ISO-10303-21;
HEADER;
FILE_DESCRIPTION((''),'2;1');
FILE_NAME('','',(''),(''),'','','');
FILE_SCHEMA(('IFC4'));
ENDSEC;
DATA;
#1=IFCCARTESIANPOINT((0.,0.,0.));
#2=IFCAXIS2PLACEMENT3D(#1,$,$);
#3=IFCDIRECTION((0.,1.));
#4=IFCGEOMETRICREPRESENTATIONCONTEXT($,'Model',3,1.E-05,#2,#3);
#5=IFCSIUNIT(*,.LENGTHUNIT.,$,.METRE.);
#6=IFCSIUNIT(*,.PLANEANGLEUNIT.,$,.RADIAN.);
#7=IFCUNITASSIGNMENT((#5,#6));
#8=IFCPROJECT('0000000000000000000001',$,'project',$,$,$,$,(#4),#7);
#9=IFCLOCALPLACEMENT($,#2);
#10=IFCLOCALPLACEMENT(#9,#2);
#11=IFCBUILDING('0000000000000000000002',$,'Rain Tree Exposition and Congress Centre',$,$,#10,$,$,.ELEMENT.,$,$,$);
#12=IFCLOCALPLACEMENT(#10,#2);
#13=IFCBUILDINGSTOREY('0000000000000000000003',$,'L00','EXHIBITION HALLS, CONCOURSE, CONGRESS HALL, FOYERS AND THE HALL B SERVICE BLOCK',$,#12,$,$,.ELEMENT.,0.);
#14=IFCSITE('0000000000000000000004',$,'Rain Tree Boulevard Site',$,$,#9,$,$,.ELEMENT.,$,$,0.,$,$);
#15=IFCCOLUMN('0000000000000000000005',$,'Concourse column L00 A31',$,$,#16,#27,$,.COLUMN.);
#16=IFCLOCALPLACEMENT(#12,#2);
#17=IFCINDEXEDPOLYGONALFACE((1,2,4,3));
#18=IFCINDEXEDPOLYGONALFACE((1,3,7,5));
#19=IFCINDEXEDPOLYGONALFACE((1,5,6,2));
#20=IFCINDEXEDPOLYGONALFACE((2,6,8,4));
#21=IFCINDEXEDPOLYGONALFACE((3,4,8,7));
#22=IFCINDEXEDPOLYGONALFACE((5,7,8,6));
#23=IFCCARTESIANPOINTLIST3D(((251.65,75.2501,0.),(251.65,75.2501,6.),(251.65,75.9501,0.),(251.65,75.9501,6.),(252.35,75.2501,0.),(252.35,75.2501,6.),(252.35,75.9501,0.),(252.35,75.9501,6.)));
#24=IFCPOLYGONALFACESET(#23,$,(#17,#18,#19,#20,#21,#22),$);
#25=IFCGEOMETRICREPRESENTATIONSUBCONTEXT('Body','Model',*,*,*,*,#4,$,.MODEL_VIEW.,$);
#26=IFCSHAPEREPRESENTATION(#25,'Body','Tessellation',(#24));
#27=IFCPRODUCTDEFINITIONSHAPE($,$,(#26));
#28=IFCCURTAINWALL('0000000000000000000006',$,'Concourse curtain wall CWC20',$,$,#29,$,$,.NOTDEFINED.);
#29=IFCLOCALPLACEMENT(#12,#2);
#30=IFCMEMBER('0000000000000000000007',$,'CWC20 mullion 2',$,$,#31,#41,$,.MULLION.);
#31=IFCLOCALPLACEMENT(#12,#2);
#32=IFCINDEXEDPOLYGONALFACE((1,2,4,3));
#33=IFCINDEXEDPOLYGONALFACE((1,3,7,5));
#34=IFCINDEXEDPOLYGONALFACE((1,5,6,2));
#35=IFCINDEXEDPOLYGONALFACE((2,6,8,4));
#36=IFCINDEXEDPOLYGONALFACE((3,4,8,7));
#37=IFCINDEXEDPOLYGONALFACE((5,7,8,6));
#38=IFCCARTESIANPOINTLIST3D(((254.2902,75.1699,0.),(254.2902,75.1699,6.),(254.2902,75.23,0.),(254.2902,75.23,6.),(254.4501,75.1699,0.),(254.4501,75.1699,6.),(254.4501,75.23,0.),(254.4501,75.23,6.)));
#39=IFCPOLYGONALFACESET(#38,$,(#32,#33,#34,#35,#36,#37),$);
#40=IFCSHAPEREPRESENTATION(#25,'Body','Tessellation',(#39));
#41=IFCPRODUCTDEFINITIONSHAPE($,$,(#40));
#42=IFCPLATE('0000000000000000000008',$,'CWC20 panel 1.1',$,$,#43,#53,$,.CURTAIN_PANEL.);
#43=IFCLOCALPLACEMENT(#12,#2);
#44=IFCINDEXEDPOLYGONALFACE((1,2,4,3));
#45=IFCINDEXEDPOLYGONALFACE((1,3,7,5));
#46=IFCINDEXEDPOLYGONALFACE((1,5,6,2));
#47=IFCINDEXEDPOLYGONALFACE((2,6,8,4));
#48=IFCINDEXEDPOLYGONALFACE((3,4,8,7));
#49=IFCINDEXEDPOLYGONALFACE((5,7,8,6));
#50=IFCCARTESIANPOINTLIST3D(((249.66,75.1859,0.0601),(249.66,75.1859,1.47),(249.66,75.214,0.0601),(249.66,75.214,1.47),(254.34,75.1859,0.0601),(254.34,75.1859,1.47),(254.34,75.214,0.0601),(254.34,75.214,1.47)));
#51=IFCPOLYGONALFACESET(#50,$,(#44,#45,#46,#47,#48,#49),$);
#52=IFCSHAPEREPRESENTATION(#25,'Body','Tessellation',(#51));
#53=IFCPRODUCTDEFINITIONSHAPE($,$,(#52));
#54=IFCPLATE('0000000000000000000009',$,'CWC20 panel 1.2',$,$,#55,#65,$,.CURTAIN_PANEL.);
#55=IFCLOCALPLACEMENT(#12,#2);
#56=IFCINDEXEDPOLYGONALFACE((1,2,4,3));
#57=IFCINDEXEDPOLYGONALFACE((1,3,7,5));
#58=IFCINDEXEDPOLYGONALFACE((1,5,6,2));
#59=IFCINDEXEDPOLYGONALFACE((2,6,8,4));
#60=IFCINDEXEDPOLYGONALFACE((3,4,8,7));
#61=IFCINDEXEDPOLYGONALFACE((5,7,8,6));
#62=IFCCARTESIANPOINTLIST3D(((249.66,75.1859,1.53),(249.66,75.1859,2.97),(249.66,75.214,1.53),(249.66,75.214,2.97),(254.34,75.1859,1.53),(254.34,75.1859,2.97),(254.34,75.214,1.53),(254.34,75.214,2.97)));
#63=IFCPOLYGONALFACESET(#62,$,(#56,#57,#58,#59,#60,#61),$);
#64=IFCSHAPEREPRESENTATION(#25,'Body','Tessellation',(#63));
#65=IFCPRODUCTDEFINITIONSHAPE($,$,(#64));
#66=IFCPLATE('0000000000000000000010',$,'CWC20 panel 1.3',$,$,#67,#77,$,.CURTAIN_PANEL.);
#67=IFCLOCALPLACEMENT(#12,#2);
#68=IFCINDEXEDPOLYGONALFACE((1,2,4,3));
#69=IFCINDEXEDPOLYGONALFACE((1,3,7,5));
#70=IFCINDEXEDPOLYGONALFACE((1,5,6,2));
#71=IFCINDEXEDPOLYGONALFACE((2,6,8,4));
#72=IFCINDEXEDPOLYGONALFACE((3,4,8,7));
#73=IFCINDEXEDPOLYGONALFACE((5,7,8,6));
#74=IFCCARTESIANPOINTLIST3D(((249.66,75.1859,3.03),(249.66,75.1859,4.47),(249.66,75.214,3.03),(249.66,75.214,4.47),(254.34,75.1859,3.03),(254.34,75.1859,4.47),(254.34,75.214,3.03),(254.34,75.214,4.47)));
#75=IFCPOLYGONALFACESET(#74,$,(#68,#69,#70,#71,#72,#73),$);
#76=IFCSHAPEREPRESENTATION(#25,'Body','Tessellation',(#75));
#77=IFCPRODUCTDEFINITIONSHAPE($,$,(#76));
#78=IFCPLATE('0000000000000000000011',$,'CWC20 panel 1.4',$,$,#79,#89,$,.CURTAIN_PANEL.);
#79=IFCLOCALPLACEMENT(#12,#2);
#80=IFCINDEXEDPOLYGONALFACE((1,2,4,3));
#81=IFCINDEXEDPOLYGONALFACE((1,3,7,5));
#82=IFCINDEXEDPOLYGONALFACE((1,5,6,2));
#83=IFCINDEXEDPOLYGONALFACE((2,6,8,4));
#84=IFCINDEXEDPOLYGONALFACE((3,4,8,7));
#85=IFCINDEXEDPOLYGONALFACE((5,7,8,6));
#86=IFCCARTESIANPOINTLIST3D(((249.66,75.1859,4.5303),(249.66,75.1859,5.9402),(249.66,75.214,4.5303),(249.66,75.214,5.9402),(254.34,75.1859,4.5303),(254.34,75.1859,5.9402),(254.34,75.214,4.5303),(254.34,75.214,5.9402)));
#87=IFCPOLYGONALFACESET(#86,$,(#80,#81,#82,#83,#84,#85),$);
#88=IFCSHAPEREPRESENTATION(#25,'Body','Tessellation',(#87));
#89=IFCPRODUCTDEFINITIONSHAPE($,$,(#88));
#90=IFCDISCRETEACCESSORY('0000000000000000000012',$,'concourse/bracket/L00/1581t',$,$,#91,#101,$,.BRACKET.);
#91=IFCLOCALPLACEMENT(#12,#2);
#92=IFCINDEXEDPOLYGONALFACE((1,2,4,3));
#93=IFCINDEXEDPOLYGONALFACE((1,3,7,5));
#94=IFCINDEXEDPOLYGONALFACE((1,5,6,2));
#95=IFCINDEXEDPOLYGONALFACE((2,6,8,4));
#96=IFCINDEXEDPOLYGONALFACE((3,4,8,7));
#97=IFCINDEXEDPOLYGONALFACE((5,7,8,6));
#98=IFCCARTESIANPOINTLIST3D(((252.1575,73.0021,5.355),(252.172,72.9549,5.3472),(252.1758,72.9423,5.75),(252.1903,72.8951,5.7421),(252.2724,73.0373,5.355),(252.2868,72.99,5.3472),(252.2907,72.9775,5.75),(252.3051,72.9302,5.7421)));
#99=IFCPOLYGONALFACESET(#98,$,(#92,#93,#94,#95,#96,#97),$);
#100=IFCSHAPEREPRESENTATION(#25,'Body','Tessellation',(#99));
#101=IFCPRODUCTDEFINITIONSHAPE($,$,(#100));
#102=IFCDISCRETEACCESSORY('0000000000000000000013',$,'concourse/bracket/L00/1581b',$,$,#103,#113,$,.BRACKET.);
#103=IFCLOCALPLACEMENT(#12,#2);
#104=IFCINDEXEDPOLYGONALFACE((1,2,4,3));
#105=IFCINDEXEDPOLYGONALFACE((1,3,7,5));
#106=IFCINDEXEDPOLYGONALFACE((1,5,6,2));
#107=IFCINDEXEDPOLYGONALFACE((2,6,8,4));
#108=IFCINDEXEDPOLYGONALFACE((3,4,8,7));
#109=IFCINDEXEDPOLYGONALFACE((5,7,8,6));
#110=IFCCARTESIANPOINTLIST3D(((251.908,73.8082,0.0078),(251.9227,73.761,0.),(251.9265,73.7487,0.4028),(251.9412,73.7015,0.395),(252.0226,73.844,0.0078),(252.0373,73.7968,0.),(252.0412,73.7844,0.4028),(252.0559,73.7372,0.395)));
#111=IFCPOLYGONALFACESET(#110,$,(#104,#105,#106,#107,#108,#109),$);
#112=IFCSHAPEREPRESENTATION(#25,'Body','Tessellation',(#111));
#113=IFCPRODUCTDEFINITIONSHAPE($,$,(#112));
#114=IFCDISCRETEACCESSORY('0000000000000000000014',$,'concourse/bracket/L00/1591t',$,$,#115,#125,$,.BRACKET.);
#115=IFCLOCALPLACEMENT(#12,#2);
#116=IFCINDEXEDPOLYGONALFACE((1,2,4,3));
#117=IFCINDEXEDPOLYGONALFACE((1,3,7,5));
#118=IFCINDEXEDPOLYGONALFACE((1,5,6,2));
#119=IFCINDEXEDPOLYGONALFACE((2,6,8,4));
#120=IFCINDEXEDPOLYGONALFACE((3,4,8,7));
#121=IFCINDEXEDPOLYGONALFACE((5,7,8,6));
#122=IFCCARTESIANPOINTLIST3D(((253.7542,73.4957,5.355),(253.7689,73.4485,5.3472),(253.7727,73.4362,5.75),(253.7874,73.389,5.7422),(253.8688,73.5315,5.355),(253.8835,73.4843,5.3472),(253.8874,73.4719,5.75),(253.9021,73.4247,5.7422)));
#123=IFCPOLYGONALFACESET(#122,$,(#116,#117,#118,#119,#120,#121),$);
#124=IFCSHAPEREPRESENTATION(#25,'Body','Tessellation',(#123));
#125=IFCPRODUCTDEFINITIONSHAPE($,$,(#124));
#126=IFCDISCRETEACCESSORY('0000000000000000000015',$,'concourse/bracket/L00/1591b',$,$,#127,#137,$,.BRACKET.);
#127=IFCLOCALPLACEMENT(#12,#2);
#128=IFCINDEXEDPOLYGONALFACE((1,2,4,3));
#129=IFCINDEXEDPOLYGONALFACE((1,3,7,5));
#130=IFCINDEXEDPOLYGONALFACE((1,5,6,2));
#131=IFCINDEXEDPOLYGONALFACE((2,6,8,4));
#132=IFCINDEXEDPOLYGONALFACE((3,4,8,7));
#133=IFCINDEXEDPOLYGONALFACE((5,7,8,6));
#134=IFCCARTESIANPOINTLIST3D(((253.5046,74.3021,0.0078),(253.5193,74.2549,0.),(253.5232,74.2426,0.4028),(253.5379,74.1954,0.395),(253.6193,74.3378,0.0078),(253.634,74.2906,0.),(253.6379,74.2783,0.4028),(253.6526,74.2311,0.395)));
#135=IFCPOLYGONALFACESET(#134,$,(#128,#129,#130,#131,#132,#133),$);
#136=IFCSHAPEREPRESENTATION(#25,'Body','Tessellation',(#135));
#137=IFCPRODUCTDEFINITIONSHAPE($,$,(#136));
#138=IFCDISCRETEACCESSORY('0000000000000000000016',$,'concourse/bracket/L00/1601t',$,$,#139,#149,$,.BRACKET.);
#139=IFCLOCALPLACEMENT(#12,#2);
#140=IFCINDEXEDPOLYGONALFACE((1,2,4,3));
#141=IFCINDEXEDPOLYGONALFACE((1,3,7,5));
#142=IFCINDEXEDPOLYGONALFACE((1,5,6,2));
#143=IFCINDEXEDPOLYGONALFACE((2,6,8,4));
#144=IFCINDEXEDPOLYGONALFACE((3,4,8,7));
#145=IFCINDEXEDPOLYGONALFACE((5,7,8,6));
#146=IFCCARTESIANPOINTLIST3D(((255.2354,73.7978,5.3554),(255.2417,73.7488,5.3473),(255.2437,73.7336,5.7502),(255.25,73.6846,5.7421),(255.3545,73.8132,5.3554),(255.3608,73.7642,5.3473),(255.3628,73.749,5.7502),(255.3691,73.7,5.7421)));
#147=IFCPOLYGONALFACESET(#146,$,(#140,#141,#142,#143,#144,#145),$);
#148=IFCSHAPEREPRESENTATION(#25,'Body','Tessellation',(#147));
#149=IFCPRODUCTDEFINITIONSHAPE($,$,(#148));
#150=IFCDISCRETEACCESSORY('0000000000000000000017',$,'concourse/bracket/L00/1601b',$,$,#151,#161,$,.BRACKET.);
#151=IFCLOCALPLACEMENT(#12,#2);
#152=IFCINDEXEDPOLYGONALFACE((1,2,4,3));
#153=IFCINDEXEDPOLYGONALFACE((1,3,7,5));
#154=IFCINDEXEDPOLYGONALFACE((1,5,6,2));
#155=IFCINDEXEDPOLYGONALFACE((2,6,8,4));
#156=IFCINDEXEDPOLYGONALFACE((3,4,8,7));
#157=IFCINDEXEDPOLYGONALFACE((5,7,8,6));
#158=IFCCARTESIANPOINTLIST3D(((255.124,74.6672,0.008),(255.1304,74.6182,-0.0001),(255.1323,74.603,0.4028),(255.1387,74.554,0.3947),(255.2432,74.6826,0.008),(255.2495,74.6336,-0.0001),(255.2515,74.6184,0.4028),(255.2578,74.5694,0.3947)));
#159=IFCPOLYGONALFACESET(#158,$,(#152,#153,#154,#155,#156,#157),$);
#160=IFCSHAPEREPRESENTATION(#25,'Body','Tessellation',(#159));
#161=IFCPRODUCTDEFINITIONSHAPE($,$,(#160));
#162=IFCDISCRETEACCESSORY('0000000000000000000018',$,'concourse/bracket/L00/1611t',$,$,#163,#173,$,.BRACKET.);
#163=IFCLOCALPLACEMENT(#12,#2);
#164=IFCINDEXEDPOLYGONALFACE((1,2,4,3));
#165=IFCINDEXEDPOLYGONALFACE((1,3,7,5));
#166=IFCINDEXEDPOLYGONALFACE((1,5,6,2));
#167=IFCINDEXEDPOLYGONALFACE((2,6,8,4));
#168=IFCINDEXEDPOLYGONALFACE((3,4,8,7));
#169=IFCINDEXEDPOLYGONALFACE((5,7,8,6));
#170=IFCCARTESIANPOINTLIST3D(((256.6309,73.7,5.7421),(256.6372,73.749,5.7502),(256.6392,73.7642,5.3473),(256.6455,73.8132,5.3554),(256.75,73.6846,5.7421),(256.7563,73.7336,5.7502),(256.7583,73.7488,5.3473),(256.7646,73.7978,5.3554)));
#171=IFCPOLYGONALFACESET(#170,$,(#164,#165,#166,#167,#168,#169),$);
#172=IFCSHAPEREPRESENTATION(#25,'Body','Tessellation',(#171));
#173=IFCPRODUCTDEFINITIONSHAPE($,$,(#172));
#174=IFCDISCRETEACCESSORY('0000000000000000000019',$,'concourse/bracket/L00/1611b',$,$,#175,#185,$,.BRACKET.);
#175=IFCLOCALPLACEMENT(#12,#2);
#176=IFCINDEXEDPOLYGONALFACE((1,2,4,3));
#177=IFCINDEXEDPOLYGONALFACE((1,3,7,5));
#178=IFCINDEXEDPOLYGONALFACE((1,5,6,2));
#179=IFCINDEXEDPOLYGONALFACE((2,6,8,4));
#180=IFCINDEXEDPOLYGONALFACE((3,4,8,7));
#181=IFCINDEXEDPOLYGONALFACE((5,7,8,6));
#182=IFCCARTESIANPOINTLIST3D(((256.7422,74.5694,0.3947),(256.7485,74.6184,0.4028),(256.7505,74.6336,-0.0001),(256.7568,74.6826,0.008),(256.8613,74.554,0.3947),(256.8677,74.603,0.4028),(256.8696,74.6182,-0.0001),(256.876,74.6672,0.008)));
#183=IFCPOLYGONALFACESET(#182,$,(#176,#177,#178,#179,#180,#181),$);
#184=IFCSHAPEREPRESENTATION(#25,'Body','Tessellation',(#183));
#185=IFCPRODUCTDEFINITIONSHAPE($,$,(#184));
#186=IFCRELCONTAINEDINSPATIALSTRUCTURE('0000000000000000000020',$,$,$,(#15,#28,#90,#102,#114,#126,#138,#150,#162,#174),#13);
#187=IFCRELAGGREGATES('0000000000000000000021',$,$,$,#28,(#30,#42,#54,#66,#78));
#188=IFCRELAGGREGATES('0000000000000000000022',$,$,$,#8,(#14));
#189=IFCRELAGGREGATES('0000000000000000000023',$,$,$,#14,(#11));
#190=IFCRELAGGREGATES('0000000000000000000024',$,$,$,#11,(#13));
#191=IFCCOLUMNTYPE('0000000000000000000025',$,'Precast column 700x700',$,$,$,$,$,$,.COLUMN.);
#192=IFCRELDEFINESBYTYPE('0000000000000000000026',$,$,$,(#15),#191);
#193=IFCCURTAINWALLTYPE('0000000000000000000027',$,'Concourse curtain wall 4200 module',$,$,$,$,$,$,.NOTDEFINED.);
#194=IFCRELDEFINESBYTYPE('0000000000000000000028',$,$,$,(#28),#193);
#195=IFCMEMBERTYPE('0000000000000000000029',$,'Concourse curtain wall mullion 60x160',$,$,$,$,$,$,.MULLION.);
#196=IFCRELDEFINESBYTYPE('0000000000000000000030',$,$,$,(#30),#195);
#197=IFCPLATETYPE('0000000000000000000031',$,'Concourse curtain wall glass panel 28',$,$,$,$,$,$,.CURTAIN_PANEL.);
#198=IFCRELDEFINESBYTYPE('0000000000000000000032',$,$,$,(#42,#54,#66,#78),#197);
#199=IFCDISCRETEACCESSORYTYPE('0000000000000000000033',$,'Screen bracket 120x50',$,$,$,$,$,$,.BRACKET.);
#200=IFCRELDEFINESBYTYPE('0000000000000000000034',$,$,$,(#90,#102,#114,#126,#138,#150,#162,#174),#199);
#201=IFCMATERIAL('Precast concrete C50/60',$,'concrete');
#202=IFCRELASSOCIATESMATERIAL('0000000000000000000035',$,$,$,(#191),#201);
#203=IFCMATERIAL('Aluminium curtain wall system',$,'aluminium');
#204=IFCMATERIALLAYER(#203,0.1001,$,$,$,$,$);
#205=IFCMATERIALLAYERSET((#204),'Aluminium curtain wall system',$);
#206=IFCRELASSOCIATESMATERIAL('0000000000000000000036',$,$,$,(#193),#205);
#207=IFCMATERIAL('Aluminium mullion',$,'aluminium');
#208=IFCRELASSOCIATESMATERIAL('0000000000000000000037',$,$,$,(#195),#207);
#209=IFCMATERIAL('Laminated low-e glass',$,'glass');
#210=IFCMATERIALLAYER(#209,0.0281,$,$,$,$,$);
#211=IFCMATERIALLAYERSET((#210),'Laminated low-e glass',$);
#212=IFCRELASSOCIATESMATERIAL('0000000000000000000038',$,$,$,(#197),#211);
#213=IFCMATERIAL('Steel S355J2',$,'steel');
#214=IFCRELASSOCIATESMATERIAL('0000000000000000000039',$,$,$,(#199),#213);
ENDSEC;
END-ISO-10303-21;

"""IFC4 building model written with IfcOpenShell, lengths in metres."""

from ifc_helpers import new_model, si_unit, direction, frame, origin, origin_2d, place, context, subcontext, project, spatial, rectangle, extrude, material, layer, layer_set, material_profile, profile_set, type_object, element, aggregate, save


model = new_model("IFC4")

# Units and contexts
model_context = context("Model", 3, precision=1e-05, world=origin(), true_north=direction((0.0, 1.0)))
body_context = subcontext(model_context, "Body", "Model", "MODEL_VIEW")
ifc_project = project(units=[si_unit("LENGTHUNIT", "METRE"), si_unit("PLANEANGLEUNIT", "RADIAN")], contexts=[model_context])

# Site, building, storey
site_placement = place(None, origin())
site = spatial("IfcSite", under=ifc_project, at=site_placement, Name="Rain Tree Boulevard Site", CompositionType="ELEMENT", RefElevation=0.0)
building_placement = place(site_placement, origin())
building = spatial("IfcBuilding", under=site, at=building_placement, Name="Rain Tree Exposition and Congress Centre", CompositionType="ELEMENT")
storey_placement = place(building_placement, origin())
storey = spatial("IfcBuildingStorey", under=building, at=storey_placement, Name="L00", Description="EXHIBITION HALLS, CONCOURSE, CONGRESS HALL, FOYERS AND THE HALL B SERVICE BLOCK", CompositionType="ELEMENT", Elevation=0.0)

# Column
ifc_material_1 = material(Name="Precast concrete C50/60", Category="concrete")
ifc_material_profile_1 = material_profile(ifc_material_1, rectangle(XDim=0.7, YDim=0.7, at=origin_2d()), Name="RC 700x700")
ifc_profile_set_1 = profile_set([ifc_material_profile_1], Name="Precast concrete C50/60")
column_type = type_object("IfcColumnType", Name="Precast column 700x700", PredefinedType="COLUMN", material=ifc_profile_set_1)
column_placement = place(storey_placement, frame((252.0, 75.6001, 0.0), z_axis=(0.0, 0.0, 1.0), x_axis=(1.0, 0.0, 0.0)))
element("IfcColumn", 1, at=column_placement, inside=storey, type_object=column_type, Name="Concourse column L00 A31", PredefinedType="COLUMN", context=body_context, shape_type="SweptSolid", body=[
    extrude(rectangle(XDim=0.7, YDim=0.7, at=origin_2d()), origin(), (0.0, 0.0, 1.0), 6.0),
])

# Curtain wall, member, plates
ifc_material_2 = material(Name="Aluminium curtain wall system", Category="aluminium")
ifc_layer_1 = layer(ifc_material_2, 0.1001)
ifc_layer_set_1 = layer_set([ifc_layer_1], Name="Aluminium curtain wall system")
curtain_wall_type = type_object("IfcCurtainWallType", Name="Concourse curtain wall 4200 module", PredefinedType="NOTDEFINED", material=ifc_layer_set_1)
curtain_wall_placement = place(storey_placement, origin())
curtain_wall = element("IfcCurtainWall", 2, at=curtain_wall_placement, inside=storey, type_object=curtain_wall_type, Name="Concourse curtain wall CWC20", PredefinedType="NOTDEFINED")
ifc_material_3 = material(Name="Aluminium mullion", Category="aluminium")
ifc_material_profile_2 = material_profile(ifc_material_3, rectangle(XDim=0.0601, YDim=0.1599, at=origin_2d()), Name="AL 60x160")
ifc_profile_set_2 = profile_set([ifc_material_profile_2], Name="Aluminium mullion")
member_type = type_object("IfcMemberType", Name="Concourse curtain wall mullion 60x160", PredefinedType="MULLION", material=ifc_profile_set_2)
member_placement = place(storey_placement, frame((254.3701, 75.2, 0.0), z_axis=(0.0, 0.0, 1.0), x_axis=(0.0, 1.0, 0.0)))
member = element("IfcMember", 3, at=member_placement, type_object=member_type, Name="CWC20 mullion 2", PredefinedType="MULLION", context=body_context, shape_type="SweptSolid", body=[
    extrude(rectangle(XDim=0.0601, YDim=0.1599, at=origin_2d()), origin(), (0.0, 0.0, 1.0), 6.0),
])
ifc_material_4 = material(Name="Laminated low-e glass", Category="glass")
ifc_layer_2 = layer(ifc_material_4, 0.0281)
ifc_layer_set_2 = layer_set([ifc_layer_2], Name="Laminated low-e glass")
plate_type = type_object("IfcPlateType", Name="Concourse curtain wall glass panel 28", PredefinedType="CURTAIN_PANEL", material=ifc_layer_set_2)
plate_1_placement = place(storey_placement, frame((252.0, 75.2, 0.0601), z_axis=(0.0, 0.0, 1.0), x_axis=(1.0, 0.0, 0.0)))
plate_1 = element("IfcPlate", 4, at=plate_1_placement, type_object=plate_type, Name="CWC20 panel 1.1", PredefinedType="CURTAIN_PANEL", context=body_context, shape_type="SweptSolid", body=[
    extrude(rectangle(XDim=4.6799, YDim=0.0281, at=origin_2d()), origin(), (0.0, 0.0, 1.0), 1.4099),
])
plate_2_placement = place(storey_placement, frame((252.0, 75.2, 1.53), z_axis=(0.0, 0.0, 1.0), x_axis=(1.0, 0.0, 0.0)))
plate_2 = element("IfcPlate", 5, at=plate_2_placement, type_object=plate_type, Name="CWC20 panel 1.2", PredefinedType="CURTAIN_PANEL", context=body_context, shape_type="SweptSolid", body=[
    extrude(rectangle(XDim=4.6799, YDim=0.0281, at=origin_2d()), origin(), (0.0, 0.0, 1.0), 1.4399),
])
plate_3_placement = place(storey_placement, frame((252.0, 75.2, 3.03), z_axis=(0.0, 0.0, 1.0), x_axis=(1.0, 0.0, 0.0)))
plate_3 = element("IfcPlate", 6, at=plate_3_placement, type_object=plate_type, Name="CWC20 panel 1.3", PredefinedType="CURTAIN_PANEL", context=body_context, shape_type="SweptSolid", body=[
    extrude(rectangle(XDim=4.6799, YDim=0.0281, at=origin_2d()), origin(), (0.0, 0.0, 1.0), 1.4399),
])
plate_4_placement = place(storey_placement, frame((252.0, 75.2, 4.5303), z_axis=(0.0, 0.0, 1.0), x_axis=(1.0, 0.0, 0.0)))
plate_4 = element("IfcPlate", 7, at=plate_4_placement, type_object=plate_type, Name="CWC20 panel 1.4", PredefinedType="CURTAIN_PANEL", context=body_context, shape_type="SweptSolid", body=[
    extrude(rectangle(XDim=4.6799, YDim=0.0281, at=origin_2d()), origin(), (0.0, 0.0, 1.0), 1.4099),
])
aggregate(curtain_wall, [member, plate_1, plate_2, plate_3, plate_4])

# Discrete accessories
ifc_material_5 = material(Name="Steel S355J2", Category="steel")
ifc_material_profile_3 = material_profile(ifc_material_5, rectangle(XDim=0.1201, YDim=0.05, at=origin_2d()), Name="Flat bar 120x50")
ifc_profile_set_3 = profile_set([ifc_material_profile_3], Name="Steel S355J2")
discrete_accessory_type = type_object("IfcDiscreteAccessoryType", Name="Screen bracket 120x50", PredefinedType="BRACKET", material=ifc_profile_set_3)
for number, where, z_axis, x_axis, name in (
    (8, (252.2222, 72.9961, 5.3511), (0.045783, -0.149558, 0.987692), (0.9562, 0.292714, 0.0), "concourse/bracket/L00/1581t"),
    (9, (251.9727, 73.8025, 0.0039), (0.046396, -0.148957, 0.987755), (0.954758, 0.297384, 0.0), "concourse/bracket/L00/1581b"),
    (10, (253.8188, 73.49, 5.3511), (0.046396, -0.148957, 0.987755), (0.954758, 0.297384, 0.0), "concourse/bracket/L00/1591t"),
    (11, (253.5693, 74.2964, 0.0039), (0.046396, -0.148957, 0.987755), (0.954758, 0.297384, 0.0), "concourse/bracket/L00/1591b"),
):
    element("IfcDiscreteAccessory", number, at=place(storey_placement, frame(where, z_axis=z_axis, x_axis=x_axis)), inside=storey, type_object=discrete_accessory_type, Name=name, PredefinedType="BRACKET", context=body_context, shape_type="SweptSolid", body=[
        extrude(rectangle(XDim=0.1201, YDim=0.05, at=origin_2d()), origin(), (0.0, 0.0, 1.0), 0.3999),
    ])
for number, where, z_axis, x_axis, name in (
    (12, (255.2981, 73.781, 5.3513), (0.020749, -0.160503, 0.986817), (0.991747, 0.128211, 0.0), "concourse/bracket/L00/1601t"),
    (13, (255.1868, 74.6504, 0.0039), (0.020749, -0.160503, 0.986817), (0.991747, 0.128211, 0.0), "concourse/bracket/L00/1601b"),
    (14, (256.7019, 73.781, 5.3513), (-0.020749, -0.160503, 0.986817), (0.991747, -0.128211, 0.0), "concourse/bracket/L00/1611t"),
    (15, (256.8132, 74.6504, 0.0039), (-0.020749, -0.160503, 0.986817), (0.991747, -0.128211, 0.0), "concourse/bracket/L00/1611b"),
):
    element("IfcDiscreteAccessory", number, at=place(storey_placement, frame(where, z_axis=z_axis, x_axis=x_axis)), inside=storey, type_object=discrete_accessory_type, Name=name, PredefinedType="BRACKET", context=body_context, shape_type="SweptSolid", body=[
        extrude(rectangle(XDim=0.1201, YDim=0.05, at=origin_2d()), origin(), (0.0, 0.0, 1.0), 0.4001),
    ])

save(model, "model.ifc")
